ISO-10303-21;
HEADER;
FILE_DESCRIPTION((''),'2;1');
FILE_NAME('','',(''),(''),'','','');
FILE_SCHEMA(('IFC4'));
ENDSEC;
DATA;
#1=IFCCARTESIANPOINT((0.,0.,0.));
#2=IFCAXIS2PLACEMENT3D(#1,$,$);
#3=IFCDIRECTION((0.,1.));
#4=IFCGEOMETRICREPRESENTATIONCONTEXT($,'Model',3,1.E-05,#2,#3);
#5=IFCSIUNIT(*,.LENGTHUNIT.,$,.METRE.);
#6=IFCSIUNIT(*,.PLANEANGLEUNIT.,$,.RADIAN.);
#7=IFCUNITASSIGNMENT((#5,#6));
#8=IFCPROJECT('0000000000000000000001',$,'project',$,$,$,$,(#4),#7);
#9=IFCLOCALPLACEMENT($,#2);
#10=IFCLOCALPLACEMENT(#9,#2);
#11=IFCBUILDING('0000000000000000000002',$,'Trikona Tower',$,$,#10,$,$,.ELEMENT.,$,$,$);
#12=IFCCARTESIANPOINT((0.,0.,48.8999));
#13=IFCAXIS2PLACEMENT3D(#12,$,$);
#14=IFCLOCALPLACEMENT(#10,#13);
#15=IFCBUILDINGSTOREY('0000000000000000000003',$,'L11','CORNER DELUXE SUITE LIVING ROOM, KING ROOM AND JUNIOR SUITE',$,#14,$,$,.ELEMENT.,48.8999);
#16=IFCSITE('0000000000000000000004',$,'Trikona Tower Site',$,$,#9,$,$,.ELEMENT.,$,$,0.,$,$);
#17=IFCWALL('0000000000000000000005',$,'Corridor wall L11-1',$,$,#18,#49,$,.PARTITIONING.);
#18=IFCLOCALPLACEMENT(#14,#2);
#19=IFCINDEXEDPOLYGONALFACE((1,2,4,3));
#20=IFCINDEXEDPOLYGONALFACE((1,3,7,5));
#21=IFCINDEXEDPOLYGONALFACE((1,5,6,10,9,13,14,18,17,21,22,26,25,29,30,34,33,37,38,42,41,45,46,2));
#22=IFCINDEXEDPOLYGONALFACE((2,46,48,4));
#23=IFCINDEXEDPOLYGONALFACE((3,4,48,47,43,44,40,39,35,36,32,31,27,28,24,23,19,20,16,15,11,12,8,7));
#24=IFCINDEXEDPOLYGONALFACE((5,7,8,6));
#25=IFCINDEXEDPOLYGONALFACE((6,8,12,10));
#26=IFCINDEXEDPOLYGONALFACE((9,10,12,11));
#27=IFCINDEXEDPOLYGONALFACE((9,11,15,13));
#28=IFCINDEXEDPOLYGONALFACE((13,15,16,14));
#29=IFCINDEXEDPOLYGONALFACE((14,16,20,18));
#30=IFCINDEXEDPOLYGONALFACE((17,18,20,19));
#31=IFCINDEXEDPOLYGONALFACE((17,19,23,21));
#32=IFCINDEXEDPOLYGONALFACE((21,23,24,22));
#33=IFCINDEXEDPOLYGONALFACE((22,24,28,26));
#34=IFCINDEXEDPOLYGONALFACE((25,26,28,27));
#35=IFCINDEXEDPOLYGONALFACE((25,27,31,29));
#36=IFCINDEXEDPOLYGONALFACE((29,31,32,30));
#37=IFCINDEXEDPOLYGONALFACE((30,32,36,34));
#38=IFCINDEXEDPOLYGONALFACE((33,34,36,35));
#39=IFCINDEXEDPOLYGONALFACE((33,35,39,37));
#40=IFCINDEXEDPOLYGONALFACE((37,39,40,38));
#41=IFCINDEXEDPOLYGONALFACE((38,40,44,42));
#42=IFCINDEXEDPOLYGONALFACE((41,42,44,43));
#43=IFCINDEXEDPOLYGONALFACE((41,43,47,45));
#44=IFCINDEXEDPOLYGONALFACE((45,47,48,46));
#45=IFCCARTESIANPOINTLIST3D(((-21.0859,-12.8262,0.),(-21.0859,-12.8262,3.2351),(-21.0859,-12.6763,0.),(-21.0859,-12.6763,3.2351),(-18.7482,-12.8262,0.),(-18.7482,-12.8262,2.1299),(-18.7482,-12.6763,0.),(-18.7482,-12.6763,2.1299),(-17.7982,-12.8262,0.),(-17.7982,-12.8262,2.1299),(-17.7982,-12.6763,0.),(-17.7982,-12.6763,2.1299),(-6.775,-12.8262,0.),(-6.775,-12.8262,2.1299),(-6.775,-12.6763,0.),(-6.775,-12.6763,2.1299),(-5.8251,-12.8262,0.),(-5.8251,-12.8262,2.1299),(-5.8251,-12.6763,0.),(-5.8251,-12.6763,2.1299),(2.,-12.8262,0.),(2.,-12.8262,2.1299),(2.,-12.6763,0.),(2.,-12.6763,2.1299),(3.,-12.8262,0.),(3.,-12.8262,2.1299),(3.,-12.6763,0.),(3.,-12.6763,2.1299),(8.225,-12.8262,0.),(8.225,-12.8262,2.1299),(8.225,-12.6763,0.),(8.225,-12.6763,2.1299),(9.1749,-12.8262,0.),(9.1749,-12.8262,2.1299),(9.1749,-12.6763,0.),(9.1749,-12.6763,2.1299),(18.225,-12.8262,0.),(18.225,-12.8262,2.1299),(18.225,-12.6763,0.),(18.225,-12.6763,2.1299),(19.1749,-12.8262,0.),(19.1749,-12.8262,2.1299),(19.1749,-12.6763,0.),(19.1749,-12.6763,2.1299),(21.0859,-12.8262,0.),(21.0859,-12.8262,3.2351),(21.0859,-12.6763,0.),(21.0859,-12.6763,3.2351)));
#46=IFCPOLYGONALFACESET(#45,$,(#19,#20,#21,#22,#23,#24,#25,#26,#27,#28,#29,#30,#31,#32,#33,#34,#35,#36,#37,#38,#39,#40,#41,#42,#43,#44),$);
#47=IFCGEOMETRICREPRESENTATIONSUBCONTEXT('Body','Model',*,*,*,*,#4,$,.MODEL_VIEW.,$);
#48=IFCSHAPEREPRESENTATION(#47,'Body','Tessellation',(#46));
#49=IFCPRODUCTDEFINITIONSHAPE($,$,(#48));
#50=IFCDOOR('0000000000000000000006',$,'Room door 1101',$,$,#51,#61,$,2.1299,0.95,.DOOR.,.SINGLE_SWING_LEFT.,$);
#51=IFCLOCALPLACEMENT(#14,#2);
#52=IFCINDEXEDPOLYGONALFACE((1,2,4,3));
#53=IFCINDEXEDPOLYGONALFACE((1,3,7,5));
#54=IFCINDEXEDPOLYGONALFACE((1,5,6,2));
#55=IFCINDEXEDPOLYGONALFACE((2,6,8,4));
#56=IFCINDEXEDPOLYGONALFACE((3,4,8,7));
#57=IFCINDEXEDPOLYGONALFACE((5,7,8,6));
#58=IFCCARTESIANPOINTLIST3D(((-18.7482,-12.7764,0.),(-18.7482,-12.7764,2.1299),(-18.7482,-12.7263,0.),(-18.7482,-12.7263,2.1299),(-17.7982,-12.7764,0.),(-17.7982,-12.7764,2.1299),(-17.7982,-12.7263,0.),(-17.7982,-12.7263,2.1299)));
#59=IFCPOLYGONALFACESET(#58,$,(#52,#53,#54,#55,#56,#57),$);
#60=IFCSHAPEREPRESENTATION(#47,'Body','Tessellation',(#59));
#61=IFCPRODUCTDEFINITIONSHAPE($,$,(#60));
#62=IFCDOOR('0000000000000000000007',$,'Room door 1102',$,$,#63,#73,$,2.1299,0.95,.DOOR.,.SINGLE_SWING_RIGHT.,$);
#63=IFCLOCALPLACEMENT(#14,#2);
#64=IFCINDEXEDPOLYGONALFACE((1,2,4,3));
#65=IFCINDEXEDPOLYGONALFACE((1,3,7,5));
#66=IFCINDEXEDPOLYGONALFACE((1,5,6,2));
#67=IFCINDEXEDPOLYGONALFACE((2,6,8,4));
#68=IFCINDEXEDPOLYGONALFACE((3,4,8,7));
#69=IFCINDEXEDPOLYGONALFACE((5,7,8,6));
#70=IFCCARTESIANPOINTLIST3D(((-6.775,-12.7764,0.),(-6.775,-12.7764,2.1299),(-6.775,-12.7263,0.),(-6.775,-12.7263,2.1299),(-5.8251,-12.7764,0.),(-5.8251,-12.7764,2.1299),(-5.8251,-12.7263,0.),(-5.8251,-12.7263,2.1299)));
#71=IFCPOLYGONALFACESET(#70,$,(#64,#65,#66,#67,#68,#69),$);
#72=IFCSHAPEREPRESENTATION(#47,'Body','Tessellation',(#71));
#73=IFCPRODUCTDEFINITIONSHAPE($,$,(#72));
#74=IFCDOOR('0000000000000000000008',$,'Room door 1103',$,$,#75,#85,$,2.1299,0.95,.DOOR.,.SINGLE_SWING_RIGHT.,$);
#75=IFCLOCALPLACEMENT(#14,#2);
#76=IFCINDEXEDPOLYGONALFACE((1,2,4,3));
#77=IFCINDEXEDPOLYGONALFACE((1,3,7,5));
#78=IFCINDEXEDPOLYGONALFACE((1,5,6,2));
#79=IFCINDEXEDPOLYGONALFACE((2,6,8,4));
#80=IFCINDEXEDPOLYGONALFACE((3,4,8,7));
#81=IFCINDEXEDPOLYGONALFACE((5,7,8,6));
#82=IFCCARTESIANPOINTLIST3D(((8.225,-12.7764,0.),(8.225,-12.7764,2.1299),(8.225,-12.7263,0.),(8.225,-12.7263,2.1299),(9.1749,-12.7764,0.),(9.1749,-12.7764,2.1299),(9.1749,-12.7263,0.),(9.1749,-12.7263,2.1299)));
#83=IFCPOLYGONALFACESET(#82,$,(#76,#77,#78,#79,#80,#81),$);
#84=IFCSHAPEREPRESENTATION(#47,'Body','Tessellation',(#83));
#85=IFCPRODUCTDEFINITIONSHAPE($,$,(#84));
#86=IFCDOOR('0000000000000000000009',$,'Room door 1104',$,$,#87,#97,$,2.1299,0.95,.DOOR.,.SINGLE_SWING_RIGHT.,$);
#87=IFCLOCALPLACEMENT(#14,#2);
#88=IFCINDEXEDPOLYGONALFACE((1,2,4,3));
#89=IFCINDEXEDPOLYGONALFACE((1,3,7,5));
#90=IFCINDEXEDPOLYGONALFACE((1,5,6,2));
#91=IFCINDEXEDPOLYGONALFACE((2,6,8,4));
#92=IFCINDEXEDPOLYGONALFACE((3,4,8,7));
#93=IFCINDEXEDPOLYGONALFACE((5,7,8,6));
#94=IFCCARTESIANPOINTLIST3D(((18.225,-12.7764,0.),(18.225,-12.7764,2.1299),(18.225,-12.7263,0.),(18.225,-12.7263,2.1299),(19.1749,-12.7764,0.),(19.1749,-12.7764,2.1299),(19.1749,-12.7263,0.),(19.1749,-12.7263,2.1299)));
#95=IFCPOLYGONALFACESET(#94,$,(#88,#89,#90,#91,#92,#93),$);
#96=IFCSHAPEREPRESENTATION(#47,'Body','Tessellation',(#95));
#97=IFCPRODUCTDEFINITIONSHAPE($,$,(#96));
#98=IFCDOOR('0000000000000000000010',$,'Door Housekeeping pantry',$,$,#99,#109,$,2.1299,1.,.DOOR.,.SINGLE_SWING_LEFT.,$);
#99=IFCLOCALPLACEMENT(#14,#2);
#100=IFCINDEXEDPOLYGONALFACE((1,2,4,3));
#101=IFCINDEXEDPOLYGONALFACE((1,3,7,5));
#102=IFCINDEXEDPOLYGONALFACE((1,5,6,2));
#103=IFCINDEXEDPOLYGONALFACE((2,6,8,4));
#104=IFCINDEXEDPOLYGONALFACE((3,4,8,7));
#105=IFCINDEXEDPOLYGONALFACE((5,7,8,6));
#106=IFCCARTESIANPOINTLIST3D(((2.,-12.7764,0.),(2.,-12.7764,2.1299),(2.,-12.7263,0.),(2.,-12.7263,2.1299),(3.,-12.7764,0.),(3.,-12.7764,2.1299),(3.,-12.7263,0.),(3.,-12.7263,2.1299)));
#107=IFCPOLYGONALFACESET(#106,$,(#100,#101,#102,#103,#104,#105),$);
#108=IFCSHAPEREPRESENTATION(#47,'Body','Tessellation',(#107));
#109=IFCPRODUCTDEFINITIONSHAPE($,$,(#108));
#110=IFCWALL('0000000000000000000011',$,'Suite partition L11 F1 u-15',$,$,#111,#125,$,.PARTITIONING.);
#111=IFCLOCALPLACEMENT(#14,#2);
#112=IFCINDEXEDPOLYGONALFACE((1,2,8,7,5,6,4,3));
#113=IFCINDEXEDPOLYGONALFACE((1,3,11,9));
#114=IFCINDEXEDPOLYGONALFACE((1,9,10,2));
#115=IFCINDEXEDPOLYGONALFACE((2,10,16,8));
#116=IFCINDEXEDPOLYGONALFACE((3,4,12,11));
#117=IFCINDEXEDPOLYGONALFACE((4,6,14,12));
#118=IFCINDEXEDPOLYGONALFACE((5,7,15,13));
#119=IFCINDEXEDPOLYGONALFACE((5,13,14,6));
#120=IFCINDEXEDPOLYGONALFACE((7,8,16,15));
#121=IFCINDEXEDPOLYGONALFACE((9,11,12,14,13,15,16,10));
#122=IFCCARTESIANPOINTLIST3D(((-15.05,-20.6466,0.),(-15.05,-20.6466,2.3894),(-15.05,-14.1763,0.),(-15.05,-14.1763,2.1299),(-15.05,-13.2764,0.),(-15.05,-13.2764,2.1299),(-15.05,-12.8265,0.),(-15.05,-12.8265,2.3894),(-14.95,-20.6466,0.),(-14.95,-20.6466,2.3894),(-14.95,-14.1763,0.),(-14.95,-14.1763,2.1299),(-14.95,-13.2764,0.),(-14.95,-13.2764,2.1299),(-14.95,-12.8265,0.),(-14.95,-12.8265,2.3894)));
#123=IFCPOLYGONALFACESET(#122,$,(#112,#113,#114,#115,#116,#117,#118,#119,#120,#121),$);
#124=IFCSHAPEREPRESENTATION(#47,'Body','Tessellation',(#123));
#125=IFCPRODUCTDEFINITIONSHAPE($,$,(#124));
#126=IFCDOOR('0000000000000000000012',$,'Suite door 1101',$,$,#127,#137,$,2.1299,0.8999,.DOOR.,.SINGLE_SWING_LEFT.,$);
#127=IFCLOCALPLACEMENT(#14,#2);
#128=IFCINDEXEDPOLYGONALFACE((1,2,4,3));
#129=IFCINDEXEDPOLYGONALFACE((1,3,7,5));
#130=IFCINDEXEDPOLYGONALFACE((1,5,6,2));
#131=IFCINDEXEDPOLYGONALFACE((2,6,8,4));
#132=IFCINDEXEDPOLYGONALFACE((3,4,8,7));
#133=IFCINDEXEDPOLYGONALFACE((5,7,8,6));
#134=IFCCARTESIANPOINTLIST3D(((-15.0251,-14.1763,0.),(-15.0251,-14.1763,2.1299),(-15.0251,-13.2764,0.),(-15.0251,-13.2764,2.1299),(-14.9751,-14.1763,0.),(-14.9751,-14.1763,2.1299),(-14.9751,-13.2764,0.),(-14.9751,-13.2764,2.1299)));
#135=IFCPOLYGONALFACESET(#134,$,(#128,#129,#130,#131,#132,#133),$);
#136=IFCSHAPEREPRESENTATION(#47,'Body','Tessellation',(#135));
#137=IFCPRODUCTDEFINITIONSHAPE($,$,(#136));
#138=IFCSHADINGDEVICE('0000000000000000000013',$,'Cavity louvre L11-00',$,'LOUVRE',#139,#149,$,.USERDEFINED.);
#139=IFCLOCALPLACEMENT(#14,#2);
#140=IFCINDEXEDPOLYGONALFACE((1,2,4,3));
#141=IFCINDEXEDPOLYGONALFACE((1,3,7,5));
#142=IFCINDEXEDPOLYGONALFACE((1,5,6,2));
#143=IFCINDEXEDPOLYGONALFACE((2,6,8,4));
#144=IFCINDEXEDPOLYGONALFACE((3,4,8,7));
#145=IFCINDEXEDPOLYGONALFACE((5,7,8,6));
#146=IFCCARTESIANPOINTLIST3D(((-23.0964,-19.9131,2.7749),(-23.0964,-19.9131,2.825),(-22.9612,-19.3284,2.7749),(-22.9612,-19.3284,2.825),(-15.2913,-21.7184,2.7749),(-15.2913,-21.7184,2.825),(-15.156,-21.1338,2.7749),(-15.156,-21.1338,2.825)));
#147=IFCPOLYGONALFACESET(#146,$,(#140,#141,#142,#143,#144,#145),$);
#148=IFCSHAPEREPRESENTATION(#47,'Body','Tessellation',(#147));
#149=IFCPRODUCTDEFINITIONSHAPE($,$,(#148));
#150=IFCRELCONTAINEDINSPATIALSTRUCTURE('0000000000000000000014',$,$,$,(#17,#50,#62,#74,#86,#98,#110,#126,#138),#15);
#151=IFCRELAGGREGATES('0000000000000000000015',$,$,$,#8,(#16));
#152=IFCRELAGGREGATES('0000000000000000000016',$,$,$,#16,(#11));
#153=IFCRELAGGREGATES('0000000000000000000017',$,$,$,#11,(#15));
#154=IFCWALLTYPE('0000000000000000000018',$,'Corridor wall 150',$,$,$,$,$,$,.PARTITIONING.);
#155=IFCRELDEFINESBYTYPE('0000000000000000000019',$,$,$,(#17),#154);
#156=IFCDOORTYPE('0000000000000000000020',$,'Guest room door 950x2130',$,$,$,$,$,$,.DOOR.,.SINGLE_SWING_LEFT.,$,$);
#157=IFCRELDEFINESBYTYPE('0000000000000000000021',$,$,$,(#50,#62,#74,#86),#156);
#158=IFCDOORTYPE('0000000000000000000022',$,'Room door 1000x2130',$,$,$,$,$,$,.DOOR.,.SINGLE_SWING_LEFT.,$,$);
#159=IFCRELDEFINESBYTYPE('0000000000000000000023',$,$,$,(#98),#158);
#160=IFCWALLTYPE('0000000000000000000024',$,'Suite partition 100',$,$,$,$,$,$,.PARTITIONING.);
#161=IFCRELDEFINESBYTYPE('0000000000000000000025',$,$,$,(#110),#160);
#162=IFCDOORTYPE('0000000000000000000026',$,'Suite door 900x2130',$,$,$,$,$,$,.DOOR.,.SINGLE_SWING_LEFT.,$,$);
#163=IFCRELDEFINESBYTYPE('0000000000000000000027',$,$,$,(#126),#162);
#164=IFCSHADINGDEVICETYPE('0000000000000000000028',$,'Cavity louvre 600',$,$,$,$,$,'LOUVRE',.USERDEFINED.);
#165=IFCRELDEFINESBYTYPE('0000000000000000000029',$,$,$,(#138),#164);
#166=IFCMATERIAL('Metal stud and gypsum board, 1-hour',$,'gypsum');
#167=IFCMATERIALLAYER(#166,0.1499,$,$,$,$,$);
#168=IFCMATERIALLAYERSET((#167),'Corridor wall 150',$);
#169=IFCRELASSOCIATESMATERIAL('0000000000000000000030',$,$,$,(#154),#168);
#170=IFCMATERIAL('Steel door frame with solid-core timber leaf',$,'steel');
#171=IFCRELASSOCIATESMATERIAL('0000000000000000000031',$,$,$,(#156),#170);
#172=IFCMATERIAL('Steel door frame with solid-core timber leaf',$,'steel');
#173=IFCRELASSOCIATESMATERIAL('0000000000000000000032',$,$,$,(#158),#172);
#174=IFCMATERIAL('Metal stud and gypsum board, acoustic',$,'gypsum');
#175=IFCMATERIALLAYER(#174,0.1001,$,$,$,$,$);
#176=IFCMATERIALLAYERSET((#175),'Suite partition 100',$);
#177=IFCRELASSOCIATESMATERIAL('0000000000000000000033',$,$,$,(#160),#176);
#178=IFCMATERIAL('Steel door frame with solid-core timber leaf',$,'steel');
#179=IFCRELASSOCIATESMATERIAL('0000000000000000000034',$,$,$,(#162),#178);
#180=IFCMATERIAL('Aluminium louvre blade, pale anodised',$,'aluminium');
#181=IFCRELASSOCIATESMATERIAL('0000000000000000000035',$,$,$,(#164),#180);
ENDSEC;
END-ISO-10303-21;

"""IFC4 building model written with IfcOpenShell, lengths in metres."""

from ifc_helpers import new_model, si_unit, direction, frame, frame_2d, origin, origin_2d, place, context, subcontext, project, spatial, rectangle, extrude, material, layer, layer_set, type_object, element, fill, save


model = new_model("IFC4")

# Units and contexts
model_context = context("Model", 3, precision=1e-05, world=origin(), true_north=direction((0.0, 1.0)))
body_context = subcontext(model_context, "Body", "Model", "MODEL_VIEW")
ifc_project = project(units=[si_unit("LENGTHUNIT", "METRE"), si_unit("PLANEANGLEUNIT", "RADIAN")], contexts=[model_context])

# Site, building, storey
site_placement = place(None, origin())
site = spatial("IfcSite", under=ifc_project, at=site_placement, Name="Trikona Tower Site", CompositionType="ELEMENT", RefElevation=0.0)
building_placement = place(site_placement, origin())
building = spatial("IfcBuilding", under=site, at=building_placement, Name="Trikona Tower", CompositionType="ELEMENT")
storey_placement = place(building_placement, frame((0.0, 0.0, 48.8999)))
storey = spatial("IfcBuildingStorey", under=building, at=storey_placement, Name="L11", Description="CORNER DELUXE SUITE LIVING ROOM, KING ROOM AND JUNIOR SUITE", CompositionType="ELEMENT", Elevation=48.8999)

# Wall, openings, doors
ifc_material_1 = material(Name="Metal stud and gypsum board, 1-hour", Category="gypsum")
ifc_layer_1 = layer(ifc_material_1, 0.1499)
ifc_layer_set_1 = layer_set([ifc_layer_1], Name="Corridor wall 150")
wall_type_1 = type_object("IfcWallType", Name="Corridor wall 150", PredefinedType="PARTITIONING", material=ifc_layer_set_1)
wall_1_placement = place(storey_placement, frame((-21.0859, -12.7512, 0.0), z_axis=(0.0, 0.0, 1.0), x_axis=(1.0, 0.0, 0.0)))
wall_1 = element("IfcWall", 1, at=wall_1_placement, inside=storey, type_object=wall_type_1, Name="Corridor wall L11-1", PredefinedType="PARTITIONING", context=body_context, shape_type="SweptSolid", body=[
    extrude(rectangle(XDim=42.1719, YDim=0.1499, at=frame_2d((21.0859, 0.0))), origin(), (0.0, 0.0, 1.0), 3.2351),
])
opening_1_placement = place(wall_1_placement, frame((2.3376, 0.0, 0.0)))
opening_1 = element("IfcOpeningElement", 2, at=opening_1_placement, cuts=wall_1, PredefinedType="OPENING", context=body_context, shape_type="SweptSolid", body=[
    extrude(rectangle(XDim=0.95, YDim=2.1299, at=frame_2d((0.4751, 1.0649))), frame((0.0, 0.085, 0.0), z_axis=(0.0, -1.0, 0.0), x_axis=(1.0, 0.0, 0.0)), (0.0, 0.0, 1.0), 0.1699),
])
opening_2_placement = place(wall_1_placement, frame((14.3108, 0.0, 0.0)))
opening_2 = element("IfcOpeningElement", 3, at=opening_2_placement, cuts=wall_1, PredefinedType="OPENING", context=body_context, shape_type="SweptSolid", body=[
    extrude(rectangle(XDim=0.95, YDim=2.1299, at=frame_2d((0.4751, 1.0649))), frame((0.0, 0.085, 0.0), z_axis=(0.0, -1.0, 0.0), x_axis=(1.0, 0.0, 0.0)), (0.0, 0.0, 1.0), 0.1699),
])
opening_3_placement = place(wall_1_placement, frame((23.0859, 0.0, 0.0)))
opening_3 = element("IfcOpeningElement", 4, at=opening_3_placement, cuts=wall_1, PredefinedType="OPENING", context=body_context, shape_type="SweptSolid", body=[
    extrude(rectangle(XDim=1.0, YDim=2.1299, at=frame_2d((0.5, 1.0649))), frame((0.0, 0.085, 0.0), z_axis=(0.0, -1.0, 0.0), x_axis=(1.0, 0.0, 0.0)), (0.0, 0.0, 1.0), 0.1699),
])
opening_4_placement = place(wall_1_placement, frame((29.3108, 0.0, 0.0)))
opening_4 = element("IfcOpeningElement", 5, at=opening_4_placement, cuts=wall_1, PredefinedType="OPENING", context=body_context, shape_type="SweptSolid", body=[
    extrude(rectangle(XDim=0.95, YDim=2.1299, at=frame_2d((0.4751, 1.0649))), frame((0.0, 0.085, 0.0), z_axis=(0.0, -1.0, 0.0), x_axis=(1.0, 0.0, 0.0)), (0.0, 0.0, 1.0), 0.1699),
])
opening_5_placement = place(wall_1_placement, frame((39.3108, 0.0, 0.0)))
opening_5 = element("IfcOpeningElement", 6, at=opening_5_placement, cuts=wall_1, PredefinedType="OPENING", context=body_context, shape_type="SweptSolid", body=[
    extrude(rectangle(XDim=0.95, YDim=2.1299, at=frame_2d((0.4751, 1.0649))), frame((0.0, 0.085, 0.0), z_axis=(0.0, -1.0, 0.0), x_axis=(1.0, 0.0, 0.0)), (0.0, 0.0, 1.0), 0.1699),
])
ifc_material_2 = material(Name="Steel door frame with solid-core timber leaf", Category="steel")
door_type_1 = type_object("IfcDoorType", Name="Guest room door 950x2130", OperationType="SINGLE_SWING_LEFT", PredefinedType="DOOR", material=ifc_material_2)
door_1_placement = place(opening_1_placement, origin())
door_1 = element("IfcDoor", 7, at=door_1_placement, inside=storey, type_object=door_type_1, Name="Room door 1101", OperationType="SINGLE_SWING_LEFT", OverallHeight=2.1299, OverallWidth=0.95, PredefinedType="DOOR", context=body_context, shape_type="SweptSolid", body=[
    extrude(rectangle(XDim=0.95, YDim=2.1299, at=frame_2d((0.4751, 1.0649))), frame((0.0, 0.0249, 0.0), z_axis=(0.0, -1.0, 0.0), x_axis=(1.0, 0.0, 0.0)), (0.0, 0.0, 1.0), 0.05),
])
fill(opening_1, door_1)
door_2_placement = place(opening_2_placement, origin())
door_2 = element("IfcDoor", 8, at=door_2_placement, inside=storey, type_object=door_type_1, Name="Room door 1102", OperationType="SINGLE_SWING_RIGHT", OverallHeight=2.1299, OverallWidth=0.95, PredefinedType="DOOR", context=body_context, shape_type="SweptSolid", body=[
    extrude(rectangle(XDim=0.95, YDim=2.1299, at=frame_2d((0.4751, 1.0649))), frame((0.0, 0.0249, 0.0), z_axis=(0.0, -1.0, 0.0), x_axis=(1.0, 0.0, 0.0)), (0.0, 0.0, 1.0), 0.05),
])
fill(opening_2, door_2)
door_3_placement = place(opening_4_placement, origin())
door_3 = element("IfcDoor", 9, at=door_3_placement, inside=storey, type_object=door_type_1, Name="Room door 1103", OperationType="SINGLE_SWING_RIGHT", OverallHeight=2.1299, OverallWidth=0.95, PredefinedType="DOOR", context=body_context, shape_type="SweptSolid", body=[
    extrude(rectangle(XDim=0.95, YDim=2.1299, at=frame_2d((0.4751, 1.0649))), frame((0.0, 0.0249, 0.0), z_axis=(0.0, -1.0, 0.0), x_axis=(1.0, 0.0, 0.0)), (0.0, 0.0, 1.0), 0.05),
])
fill(opening_4, door_3)
door_4_placement = place(opening_5_placement, origin())
door_4 = element("IfcDoor", 10, at=door_4_placement, inside=storey, type_object=door_type_1, Name="Room door 1104", OperationType="SINGLE_SWING_RIGHT", OverallHeight=2.1299, OverallWidth=0.95, PredefinedType="DOOR", context=body_context, shape_type="SweptSolid", body=[
    extrude(rectangle(XDim=0.95, YDim=2.1299, at=frame_2d((0.4751, 1.0649))), frame((0.0, 0.0249, 0.0), z_axis=(0.0, -1.0, 0.0), x_axis=(1.0, 0.0, 0.0)), (0.0, 0.0, 1.0), 0.05),
])
fill(opening_5, door_4)
ifc_material_3 = material(Name="Steel door frame with solid-core timber leaf", Category="steel")
door_type_2 = type_object("IfcDoorType", Name="Room door 1000x2130", OperationType="SINGLE_SWING_LEFT", PredefinedType="DOOR", material=ifc_material_3)
door_5_placement = place(opening_3_placement, origin())
door_5 = element("IfcDoor", 11, at=door_5_placement, inside=storey, type_object=door_type_2, Name="Door Housekeeping pantry", OperationType="SINGLE_SWING_LEFT", OverallHeight=2.1299, OverallWidth=1.0, PredefinedType="DOOR", context=body_context, shape_type="SweptSolid", body=[
    extrude(rectangle(XDim=1.0, YDim=2.1299, at=frame_2d((0.5, 1.0649))), frame((0.0, 0.0249, 0.0), z_axis=(0.0, -1.0, 0.0), x_axis=(1.0, 0.0, 0.0)), (0.0, 0.0, 1.0), 0.05),
])
fill(opening_3, door_5)

# Wall, opening, door
ifc_material_4 = material(Name="Metal stud and gypsum board, acoustic", Category="gypsum")
ifc_layer_2 = layer(ifc_material_4, 0.1001)
ifc_layer_set_2 = layer_set([ifc_layer_2], Name="Suite partition 100")
wall_type_2 = type_object("IfcWallType", Name="Suite partition 100", PredefinedType="PARTITIONING", material=ifc_layer_set_2)
wall_2_placement = place(storey_placement, frame((-15.0, -12.8264, 0.0), z_axis=(0.0, 0.0, 1.0), x_axis=(0.0, -1.0, 0.0)))
wall_2 = element("IfcWall", 12, at=wall_2_placement, inside=storey, type_object=wall_type_2, Name="Suite partition L11 F1 u-15", PredefinedType="PARTITIONING", context=body_context, shape_type="SweptSolid", body=[
    extrude(rectangle(XDim=7.8201, YDim=0.1001, at=frame_2d((3.9102, 0.0))), origin(), (0.0, 0.0, 1.0), 2.3894),
])
opening_6_placement = place(wall_2_placement, frame((0.45, 0.0, 0.0)))
opening_6 = element("IfcOpeningElement", 13, at=opening_6_placement, cuts=wall_2, PredefinedType="OPENING", context=body_context, shape_type="SweptSolid", body=[
    extrude(rectangle(XDim=0.8999, YDim=2.1299, at=frame_2d((0.45, 1.0649))), frame((0.0, 0.0601, 0.0), z_axis=(0.0, -1.0, 0.0), x_axis=(1.0, 0.0, 0.0)), (0.0, 0.0, 1.0), 0.1201),
])
ifc_material_5 = material(Name="Steel door frame with solid-core timber leaf", Category="steel")
door_type_3 = type_object("IfcDoorType", Name="Suite door 900x2130", OperationType="SINGLE_SWING_LEFT", PredefinedType="DOOR", material=ifc_material_5)
door_6_placement = place(opening_6_placement, origin())
door_6 = element("IfcDoor", 14, at=door_6_placement, inside=storey, type_object=door_type_3, Name="Suite door 1101", OperationType="SINGLE_SWING_LEFT", OverallHeight=2.1299, OverallWidth=0.8999, PredefinedType="DOOR", context=body_context, shape_type="SweptSolid", body=[
    extrude(rectangle(XDim=0.8999, YDim=2.1299, at=frame_2d((0.45, 1.0649))), frame((0.0, 0.0249, 0.0), z_axis=(0.0, -1.0, 0.0), x_axis=(1.0, 0.0, 0.0)), (0.0, 0.0, 1.0), 0.05),
])
fill(opening_6, door_6)

# Shading device
ifc_material_6 = material(Name="Aluminium louvre blade, pale anodised", Category="aluminium")
shading_device_type = type_object("IfcShadingDeviceType", Name="Cavity louvre 600", ElementType="LOUVRE", PredefinedType="USERDEFINED", material=ifc_material_6)
shading_device_placement = place(storey_placement, frame((-19.1262, -20.5234, 2.7749), z_axis=(0.0, 0.0, 1.0), x_axis=(0.974278, -0.225351, 0.0)))
element("IfcShadingDevice", 15, at=shading_device_placement, inside=storey, type_object=shading_device_type, Name="Cavity louvre L11-00", ObjectType="LOUVRE", PredefinedType="USERDEFINED", context=body_context, shape_type="SweptSolid", body=[
    extrude(rectangle(XDim=8.0112, YDim=0.6001, at=origin_2d()), origin(), (0.0, 0.0, 1.0), 0.05),
])

save(model, "model.ifc")
